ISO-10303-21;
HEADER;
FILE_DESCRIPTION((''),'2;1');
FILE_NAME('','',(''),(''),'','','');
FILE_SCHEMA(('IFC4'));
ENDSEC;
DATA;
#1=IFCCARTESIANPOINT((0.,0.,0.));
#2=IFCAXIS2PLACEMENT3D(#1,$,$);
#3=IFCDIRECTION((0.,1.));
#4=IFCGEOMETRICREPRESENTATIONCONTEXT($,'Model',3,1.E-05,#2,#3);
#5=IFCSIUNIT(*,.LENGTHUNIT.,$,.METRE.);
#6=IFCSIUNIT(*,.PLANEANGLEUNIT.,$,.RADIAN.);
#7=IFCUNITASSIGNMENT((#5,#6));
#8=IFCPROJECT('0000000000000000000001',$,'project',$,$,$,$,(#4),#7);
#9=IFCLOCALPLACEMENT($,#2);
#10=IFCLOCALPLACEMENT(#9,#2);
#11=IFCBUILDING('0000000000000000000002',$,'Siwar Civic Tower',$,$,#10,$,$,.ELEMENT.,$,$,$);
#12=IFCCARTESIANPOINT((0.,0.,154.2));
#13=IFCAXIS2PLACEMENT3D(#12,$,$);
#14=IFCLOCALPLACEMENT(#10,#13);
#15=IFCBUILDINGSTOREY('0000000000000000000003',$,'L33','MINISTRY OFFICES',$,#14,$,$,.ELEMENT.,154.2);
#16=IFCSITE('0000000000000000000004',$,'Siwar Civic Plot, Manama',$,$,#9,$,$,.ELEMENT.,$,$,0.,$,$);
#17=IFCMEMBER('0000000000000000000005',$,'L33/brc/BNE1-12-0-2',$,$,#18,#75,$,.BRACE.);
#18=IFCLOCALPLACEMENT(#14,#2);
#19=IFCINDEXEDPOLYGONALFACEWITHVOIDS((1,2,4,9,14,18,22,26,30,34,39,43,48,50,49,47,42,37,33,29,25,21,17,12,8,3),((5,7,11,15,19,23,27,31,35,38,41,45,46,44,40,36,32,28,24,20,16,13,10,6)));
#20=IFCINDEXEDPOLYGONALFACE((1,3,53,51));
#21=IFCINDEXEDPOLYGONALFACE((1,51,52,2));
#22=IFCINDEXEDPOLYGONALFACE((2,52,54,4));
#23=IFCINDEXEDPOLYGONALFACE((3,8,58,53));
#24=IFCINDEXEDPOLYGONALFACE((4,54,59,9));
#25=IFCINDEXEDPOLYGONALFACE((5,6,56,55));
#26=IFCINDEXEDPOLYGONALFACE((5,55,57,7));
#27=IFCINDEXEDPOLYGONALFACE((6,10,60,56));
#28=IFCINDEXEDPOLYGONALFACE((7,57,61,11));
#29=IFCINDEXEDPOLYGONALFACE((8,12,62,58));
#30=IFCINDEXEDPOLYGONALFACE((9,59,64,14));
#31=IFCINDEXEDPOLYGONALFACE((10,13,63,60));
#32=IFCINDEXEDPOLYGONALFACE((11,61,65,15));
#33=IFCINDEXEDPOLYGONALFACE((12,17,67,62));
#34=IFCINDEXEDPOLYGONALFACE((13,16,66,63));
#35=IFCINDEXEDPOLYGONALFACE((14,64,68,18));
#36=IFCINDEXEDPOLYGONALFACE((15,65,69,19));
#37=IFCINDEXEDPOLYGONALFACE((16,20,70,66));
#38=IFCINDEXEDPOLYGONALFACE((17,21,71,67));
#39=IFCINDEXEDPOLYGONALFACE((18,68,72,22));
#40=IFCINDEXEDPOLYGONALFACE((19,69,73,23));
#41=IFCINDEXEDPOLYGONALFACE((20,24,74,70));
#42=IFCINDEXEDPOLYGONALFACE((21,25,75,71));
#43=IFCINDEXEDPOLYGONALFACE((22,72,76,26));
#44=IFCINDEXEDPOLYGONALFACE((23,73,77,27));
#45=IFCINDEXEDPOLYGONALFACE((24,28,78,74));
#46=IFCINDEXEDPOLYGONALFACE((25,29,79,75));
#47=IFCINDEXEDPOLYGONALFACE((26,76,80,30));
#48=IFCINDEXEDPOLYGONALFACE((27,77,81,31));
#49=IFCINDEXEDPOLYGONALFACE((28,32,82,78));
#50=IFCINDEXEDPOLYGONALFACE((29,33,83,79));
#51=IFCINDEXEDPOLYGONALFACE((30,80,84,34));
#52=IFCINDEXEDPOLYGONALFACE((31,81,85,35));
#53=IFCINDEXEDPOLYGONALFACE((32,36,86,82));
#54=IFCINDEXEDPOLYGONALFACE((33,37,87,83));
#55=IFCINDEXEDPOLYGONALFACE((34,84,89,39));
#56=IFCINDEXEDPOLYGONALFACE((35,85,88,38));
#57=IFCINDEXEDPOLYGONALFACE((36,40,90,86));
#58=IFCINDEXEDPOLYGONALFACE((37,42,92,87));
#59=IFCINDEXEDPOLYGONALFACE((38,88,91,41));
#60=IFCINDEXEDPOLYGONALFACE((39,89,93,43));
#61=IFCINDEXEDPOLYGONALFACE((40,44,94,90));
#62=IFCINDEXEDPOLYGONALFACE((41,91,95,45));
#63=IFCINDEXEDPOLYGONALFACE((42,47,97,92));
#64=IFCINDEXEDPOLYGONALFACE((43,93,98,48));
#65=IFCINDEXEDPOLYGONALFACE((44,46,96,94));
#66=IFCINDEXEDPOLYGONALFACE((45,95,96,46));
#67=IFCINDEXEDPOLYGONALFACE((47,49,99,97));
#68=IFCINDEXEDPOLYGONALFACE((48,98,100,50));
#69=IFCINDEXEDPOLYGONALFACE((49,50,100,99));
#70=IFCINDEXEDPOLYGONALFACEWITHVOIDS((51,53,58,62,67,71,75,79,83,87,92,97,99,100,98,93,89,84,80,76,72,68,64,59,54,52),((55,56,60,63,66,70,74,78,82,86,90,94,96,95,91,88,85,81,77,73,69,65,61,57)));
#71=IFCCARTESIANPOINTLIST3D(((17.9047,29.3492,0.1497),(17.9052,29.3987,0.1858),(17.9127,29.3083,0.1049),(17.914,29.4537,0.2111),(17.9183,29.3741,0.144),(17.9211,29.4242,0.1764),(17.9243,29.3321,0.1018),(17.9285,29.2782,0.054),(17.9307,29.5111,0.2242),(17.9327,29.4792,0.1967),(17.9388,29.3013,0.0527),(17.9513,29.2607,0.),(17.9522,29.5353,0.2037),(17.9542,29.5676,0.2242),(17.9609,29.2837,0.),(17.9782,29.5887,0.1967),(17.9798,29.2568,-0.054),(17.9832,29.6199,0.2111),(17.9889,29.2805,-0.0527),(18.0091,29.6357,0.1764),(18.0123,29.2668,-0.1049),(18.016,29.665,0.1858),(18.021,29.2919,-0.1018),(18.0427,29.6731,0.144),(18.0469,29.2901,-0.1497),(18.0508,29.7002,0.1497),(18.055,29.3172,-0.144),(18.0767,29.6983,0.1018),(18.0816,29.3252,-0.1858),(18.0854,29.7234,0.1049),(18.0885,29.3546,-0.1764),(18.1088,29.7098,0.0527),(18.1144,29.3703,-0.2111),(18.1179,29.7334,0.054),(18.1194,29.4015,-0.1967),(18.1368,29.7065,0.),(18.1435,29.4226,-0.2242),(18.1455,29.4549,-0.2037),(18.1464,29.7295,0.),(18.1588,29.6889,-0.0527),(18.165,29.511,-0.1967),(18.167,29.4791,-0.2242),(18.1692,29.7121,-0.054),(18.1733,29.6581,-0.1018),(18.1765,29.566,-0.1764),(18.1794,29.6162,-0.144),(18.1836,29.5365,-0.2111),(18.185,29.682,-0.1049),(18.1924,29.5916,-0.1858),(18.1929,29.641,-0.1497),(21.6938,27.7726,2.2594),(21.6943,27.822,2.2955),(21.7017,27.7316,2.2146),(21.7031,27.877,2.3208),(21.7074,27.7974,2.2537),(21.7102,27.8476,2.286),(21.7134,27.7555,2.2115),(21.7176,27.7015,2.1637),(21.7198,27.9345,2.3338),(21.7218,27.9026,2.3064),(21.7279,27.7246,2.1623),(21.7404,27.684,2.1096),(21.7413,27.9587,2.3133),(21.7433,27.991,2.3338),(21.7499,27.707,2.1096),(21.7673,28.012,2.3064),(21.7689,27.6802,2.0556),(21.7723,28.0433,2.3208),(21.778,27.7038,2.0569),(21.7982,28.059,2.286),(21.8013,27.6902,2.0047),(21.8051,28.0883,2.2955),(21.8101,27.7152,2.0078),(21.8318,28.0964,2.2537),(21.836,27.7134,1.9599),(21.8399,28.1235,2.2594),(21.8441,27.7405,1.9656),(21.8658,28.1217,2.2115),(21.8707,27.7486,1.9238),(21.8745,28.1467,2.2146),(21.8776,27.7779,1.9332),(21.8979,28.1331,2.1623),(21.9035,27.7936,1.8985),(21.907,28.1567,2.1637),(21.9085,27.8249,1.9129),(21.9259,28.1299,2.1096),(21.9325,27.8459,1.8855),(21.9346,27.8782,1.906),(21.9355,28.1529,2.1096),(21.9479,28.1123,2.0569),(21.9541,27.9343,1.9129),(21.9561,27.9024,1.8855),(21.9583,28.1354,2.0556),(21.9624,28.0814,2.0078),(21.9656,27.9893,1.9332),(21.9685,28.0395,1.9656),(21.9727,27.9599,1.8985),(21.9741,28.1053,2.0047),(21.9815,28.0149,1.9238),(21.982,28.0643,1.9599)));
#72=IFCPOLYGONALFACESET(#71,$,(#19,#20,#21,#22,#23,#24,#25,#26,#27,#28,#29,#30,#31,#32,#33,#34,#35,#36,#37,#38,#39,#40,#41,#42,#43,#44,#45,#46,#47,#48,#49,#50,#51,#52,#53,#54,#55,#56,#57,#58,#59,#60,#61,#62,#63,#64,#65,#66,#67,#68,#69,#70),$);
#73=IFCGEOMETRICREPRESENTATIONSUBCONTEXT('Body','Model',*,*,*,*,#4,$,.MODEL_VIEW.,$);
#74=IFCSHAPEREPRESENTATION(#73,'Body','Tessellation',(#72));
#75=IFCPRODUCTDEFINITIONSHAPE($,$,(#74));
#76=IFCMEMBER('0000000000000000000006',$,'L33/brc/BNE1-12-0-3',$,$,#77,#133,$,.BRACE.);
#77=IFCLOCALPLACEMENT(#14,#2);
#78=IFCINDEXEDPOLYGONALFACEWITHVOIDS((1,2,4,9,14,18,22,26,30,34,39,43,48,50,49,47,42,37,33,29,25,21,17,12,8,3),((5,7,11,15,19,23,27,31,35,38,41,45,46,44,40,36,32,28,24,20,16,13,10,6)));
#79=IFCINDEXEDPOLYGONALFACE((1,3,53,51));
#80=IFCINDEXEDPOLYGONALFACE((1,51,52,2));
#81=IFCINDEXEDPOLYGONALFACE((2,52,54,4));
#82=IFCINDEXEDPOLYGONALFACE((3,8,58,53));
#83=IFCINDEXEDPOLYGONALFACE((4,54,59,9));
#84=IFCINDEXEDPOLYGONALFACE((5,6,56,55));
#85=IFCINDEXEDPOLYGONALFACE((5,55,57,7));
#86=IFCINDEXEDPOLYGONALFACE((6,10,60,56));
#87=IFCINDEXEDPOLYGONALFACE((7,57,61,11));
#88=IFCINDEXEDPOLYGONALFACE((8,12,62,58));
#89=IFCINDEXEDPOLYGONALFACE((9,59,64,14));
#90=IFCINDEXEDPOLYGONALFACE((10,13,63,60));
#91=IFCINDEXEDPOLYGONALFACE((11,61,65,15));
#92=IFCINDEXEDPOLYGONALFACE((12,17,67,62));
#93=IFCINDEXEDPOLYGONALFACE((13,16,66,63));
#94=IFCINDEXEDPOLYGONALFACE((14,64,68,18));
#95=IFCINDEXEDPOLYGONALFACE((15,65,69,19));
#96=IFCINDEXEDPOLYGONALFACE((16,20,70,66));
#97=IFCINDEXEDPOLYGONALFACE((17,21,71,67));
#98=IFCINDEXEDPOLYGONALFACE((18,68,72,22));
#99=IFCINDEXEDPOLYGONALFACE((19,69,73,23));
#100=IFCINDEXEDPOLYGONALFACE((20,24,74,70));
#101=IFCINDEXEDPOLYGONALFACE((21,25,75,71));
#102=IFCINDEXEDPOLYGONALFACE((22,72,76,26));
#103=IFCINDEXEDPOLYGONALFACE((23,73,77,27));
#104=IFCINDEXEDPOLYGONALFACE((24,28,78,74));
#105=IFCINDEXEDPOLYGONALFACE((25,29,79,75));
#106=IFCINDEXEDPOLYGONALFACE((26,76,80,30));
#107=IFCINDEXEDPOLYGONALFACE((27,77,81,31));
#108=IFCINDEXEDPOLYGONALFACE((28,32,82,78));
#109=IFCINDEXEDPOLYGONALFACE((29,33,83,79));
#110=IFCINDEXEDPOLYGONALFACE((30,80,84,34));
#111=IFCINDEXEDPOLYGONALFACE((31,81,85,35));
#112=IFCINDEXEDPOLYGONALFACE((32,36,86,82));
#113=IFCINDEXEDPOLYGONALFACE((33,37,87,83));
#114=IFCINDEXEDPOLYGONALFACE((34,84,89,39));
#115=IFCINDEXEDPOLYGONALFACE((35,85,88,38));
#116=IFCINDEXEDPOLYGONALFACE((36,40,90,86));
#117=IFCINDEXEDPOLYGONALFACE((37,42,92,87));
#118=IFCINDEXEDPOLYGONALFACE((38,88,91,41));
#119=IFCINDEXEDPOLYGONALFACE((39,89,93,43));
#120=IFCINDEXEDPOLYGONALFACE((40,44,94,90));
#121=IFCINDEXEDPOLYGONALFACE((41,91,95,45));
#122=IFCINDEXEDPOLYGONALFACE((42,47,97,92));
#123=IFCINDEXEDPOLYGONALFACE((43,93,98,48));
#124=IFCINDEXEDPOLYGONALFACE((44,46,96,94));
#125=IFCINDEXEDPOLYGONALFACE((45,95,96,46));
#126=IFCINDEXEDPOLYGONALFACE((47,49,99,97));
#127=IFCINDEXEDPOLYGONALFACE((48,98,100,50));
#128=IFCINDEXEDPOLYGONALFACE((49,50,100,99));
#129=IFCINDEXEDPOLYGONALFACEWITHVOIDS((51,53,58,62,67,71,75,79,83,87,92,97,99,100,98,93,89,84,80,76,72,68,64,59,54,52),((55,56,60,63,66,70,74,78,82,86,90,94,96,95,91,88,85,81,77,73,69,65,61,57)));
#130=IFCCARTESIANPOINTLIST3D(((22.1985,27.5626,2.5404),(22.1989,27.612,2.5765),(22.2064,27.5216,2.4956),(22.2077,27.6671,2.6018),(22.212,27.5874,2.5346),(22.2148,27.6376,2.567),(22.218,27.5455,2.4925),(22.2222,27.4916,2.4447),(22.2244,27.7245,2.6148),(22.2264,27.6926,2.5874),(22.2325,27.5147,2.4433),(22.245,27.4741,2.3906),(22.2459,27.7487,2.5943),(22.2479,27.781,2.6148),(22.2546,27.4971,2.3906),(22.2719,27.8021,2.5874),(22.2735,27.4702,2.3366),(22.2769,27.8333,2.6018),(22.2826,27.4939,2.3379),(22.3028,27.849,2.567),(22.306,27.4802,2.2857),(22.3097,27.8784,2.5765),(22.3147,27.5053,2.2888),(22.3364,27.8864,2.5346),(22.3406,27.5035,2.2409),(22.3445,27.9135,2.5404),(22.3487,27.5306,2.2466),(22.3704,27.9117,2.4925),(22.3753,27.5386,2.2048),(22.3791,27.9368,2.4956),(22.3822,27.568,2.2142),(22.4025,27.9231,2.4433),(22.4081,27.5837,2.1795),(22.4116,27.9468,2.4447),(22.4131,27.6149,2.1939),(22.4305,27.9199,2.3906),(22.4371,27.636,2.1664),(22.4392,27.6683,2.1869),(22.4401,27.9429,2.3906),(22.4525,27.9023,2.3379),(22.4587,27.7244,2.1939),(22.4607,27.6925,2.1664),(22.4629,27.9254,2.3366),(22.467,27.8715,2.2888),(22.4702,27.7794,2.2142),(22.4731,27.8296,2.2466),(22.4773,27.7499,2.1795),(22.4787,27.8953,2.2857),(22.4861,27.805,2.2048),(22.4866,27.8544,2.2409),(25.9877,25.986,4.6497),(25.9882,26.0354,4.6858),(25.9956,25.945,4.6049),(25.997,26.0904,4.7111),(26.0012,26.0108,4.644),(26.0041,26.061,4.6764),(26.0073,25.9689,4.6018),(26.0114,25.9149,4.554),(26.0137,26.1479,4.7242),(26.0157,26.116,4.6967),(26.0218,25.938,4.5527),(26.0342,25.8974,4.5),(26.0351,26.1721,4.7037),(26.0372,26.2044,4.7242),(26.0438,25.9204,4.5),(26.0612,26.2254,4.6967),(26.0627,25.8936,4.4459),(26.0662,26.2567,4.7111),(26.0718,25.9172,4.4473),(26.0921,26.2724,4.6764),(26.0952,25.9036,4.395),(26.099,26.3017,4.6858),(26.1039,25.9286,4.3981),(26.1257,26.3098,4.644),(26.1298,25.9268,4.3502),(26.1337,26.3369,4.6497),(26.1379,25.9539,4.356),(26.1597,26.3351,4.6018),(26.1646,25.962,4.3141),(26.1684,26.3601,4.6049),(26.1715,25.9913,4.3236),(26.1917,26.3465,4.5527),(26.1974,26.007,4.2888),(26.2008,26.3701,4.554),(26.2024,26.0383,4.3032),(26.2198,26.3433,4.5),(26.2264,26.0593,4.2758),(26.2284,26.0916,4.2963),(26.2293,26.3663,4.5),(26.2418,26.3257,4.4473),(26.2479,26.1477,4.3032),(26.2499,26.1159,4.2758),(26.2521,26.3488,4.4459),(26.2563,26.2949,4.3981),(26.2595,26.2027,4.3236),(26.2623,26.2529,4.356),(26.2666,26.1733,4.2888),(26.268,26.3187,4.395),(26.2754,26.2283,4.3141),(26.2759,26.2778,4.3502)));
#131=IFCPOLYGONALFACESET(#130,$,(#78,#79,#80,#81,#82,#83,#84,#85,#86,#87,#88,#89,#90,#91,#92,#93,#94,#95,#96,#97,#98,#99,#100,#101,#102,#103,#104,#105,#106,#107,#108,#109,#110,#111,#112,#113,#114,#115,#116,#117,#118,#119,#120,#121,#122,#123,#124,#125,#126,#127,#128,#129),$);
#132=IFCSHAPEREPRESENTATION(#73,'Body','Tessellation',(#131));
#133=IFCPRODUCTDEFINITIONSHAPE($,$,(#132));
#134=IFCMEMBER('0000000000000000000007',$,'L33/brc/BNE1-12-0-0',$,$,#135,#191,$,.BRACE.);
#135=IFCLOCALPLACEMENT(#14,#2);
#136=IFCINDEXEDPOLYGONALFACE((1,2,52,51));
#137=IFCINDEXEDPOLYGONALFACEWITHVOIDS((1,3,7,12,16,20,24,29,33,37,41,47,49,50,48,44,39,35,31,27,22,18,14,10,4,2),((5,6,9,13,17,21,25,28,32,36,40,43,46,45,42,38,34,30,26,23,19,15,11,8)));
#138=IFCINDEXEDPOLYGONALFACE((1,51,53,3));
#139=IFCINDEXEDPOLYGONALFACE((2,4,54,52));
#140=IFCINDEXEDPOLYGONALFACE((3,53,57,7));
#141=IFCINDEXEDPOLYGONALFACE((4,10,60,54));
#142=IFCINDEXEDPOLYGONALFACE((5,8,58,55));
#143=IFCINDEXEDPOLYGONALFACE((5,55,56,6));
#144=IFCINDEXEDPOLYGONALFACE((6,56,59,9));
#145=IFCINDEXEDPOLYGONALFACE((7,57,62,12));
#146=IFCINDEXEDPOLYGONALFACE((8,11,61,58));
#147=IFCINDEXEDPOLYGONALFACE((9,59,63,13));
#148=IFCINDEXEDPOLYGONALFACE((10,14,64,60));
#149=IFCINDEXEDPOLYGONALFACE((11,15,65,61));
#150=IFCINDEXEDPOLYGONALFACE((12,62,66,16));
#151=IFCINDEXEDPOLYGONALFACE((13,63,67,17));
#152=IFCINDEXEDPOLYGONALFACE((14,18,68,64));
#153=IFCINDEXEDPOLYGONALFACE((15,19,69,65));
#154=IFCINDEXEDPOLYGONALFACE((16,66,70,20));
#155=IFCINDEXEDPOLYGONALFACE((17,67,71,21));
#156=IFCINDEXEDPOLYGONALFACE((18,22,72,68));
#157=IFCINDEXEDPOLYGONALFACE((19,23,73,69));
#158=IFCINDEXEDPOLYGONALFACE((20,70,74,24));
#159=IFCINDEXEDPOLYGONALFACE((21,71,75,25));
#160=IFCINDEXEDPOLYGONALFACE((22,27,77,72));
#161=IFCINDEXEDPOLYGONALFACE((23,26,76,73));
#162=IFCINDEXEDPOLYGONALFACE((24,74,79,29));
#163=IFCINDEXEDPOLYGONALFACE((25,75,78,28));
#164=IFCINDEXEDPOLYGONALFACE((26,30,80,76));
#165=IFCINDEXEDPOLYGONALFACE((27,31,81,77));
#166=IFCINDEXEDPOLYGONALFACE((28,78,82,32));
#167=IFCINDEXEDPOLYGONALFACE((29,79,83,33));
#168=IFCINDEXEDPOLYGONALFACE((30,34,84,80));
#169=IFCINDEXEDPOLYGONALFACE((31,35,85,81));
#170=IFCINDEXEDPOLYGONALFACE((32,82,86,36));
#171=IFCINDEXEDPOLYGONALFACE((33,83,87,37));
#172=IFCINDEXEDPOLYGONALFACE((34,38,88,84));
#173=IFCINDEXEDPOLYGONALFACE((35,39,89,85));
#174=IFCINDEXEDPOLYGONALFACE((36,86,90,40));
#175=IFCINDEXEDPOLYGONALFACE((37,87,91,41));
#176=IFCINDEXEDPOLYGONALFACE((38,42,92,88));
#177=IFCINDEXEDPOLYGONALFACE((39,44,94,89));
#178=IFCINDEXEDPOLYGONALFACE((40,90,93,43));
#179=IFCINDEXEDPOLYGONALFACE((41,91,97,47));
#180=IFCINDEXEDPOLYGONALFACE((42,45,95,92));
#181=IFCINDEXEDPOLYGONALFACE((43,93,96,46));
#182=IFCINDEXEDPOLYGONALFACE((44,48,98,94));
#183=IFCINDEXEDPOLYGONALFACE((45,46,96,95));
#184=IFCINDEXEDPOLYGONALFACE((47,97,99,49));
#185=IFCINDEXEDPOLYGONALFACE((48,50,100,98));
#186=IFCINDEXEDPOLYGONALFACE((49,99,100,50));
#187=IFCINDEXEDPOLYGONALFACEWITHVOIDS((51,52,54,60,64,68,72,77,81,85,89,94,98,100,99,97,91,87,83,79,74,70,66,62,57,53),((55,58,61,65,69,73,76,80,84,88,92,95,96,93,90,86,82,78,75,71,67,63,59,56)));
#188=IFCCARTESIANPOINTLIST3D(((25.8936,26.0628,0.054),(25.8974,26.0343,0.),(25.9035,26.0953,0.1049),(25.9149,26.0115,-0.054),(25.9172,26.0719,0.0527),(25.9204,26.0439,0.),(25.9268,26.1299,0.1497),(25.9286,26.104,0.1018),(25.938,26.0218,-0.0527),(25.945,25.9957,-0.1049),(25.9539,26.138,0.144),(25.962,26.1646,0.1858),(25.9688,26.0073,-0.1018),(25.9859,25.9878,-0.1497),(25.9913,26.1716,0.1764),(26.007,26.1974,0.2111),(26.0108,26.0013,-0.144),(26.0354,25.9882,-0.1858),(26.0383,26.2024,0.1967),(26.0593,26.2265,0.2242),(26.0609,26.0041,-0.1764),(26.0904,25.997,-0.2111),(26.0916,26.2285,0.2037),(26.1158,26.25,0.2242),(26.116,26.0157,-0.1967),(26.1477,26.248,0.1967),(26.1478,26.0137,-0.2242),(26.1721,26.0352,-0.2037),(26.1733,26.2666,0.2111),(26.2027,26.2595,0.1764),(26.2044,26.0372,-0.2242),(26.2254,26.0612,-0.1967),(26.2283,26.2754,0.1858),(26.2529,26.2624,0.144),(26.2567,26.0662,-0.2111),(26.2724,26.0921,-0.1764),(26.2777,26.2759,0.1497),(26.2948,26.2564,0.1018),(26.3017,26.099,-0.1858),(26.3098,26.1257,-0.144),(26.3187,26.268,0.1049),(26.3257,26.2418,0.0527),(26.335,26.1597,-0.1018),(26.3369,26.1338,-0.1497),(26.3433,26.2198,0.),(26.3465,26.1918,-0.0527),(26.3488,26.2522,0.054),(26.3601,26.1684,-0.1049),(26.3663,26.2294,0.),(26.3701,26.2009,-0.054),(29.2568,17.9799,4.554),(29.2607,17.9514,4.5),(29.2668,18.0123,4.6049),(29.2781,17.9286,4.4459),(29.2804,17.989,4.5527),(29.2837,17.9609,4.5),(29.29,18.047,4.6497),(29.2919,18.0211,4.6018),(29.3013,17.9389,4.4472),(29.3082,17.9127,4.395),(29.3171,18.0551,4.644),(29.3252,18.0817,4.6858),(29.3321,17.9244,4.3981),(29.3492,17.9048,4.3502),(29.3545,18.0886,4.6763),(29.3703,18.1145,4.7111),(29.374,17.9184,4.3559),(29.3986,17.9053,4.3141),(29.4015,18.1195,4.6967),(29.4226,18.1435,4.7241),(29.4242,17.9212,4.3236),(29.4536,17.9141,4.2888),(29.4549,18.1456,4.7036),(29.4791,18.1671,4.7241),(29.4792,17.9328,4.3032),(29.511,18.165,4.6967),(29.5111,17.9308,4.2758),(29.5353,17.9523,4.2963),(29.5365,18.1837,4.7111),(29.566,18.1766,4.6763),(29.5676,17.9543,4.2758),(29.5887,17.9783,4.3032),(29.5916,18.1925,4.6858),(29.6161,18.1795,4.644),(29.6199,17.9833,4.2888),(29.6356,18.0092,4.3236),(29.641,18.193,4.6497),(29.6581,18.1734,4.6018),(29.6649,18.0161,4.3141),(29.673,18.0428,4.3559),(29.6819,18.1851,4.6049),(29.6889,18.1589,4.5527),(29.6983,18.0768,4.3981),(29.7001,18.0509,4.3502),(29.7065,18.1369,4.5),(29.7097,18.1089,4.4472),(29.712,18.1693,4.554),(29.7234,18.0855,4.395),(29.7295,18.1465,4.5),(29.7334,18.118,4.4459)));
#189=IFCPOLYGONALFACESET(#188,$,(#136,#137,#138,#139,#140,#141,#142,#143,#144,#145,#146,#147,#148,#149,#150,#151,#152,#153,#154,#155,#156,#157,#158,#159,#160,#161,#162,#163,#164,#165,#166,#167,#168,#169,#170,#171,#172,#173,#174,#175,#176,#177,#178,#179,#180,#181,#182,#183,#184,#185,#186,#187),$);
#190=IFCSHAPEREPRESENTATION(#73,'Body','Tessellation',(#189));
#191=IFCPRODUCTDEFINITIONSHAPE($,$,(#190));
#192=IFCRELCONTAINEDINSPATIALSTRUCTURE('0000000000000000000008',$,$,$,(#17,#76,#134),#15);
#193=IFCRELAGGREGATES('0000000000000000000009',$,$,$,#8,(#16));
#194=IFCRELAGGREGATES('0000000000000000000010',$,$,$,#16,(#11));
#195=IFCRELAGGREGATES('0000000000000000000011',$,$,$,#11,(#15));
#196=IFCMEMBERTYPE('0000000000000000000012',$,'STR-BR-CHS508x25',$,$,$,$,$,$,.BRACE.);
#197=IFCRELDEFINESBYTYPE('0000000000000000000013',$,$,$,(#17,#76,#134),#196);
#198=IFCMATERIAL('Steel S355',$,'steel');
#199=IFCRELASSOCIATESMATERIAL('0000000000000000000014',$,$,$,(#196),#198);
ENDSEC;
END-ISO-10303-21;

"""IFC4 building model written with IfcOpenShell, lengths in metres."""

from ifc_helpers import new_model, si_unit, direction, frame, origin, origin_2d, place, context, subcontext, project, spatial, hollow_circle, extrude, material, material_profile, profile_set, type_object, element, save


model = new_model("IFC4")

# Units and contexts
model_context = context("Model", 3, precision=1e-05, world=origin(), true_north=direction((0.0, 1.0)))
body_context = subcontext(model_context, "Body", "Model", "MODEL_VIEW")
ifc_project = project(units=[si_unit("LENGTHUNIT", "METRE"), si_unit("PLANEANGLEUNIT", "RADIAN")], contexts=[model_context])

# Site, building, storey
site_placement = place(None, origin())
site = spatial("IfcSite", under=ifc_project, at=site_placement, Name="Siwar Civic Plot, Manama", CompositionType="ELEMENT", RefElevation=0.0)
building_placement = place(site_placement, origin())
building = spatial("IfcBuilding", under=site, at=building_placement, Name="Siwar Civic Tower", CompositionType="ELEMENT")
storey_placement = place(building_placement, frame((0.0, 0.0, 154.2)))
storey = spatial("IfcBuildingStorey", under=building, at=storey_placement, Name="L33", Description="MINISTRY OFFICES", CompositionType="ELEMENT", Elevation=154.2)

# Members
ifc_material_1 = material(Name="Steel S355", Category="steel")
ifc_material_profile_1 = material_profile(ifc_material_1, hollow_circle(Radius=0.2539, WallThickness=0.0249, at=origin_2d()), Name="CHS508x25")
ifc_profile_set_1 = profile_set([ifc_material_profile_1], Name="Steel S355")
member_type_1 = type_object("IfcMemberType", Name="STR-BR-CHS508x25", PredefinedType="BRACE", material=ifc_profile_set_1)
for number, where, z_axis, x_axis, name in (
    (1, (18.0488, 29.4951, 0.0), (0.821126, -0.341677, 0.457175), (0.384176, 0.92326, 0.0), "L33/brc/BNE1-12-0-2"),
    (2, (22.3425, 27.7085, 2.3906), (0.821163, -0.341671, 0.457113), (0.384155, 0.923269, 0.0), "L33/brc/BNE1-12-0-3"),
):
    element("IfcMember", number, at=place(storey_placement, frame(where, z_axis=z_axis, x_axis=x_axis)), inside=storey, type_object=member_type_1, Name=name, PredefinedType="BRACE", context=body_context, shape_type="SweptSolid", body=[
        extrude(hollow_circle(Radius=0.2539, WallThickness=0.0249, at=origin_2d()), origin(), (0.0, 0.0, 1.0), 4.6145),
    ])
member_1_placement = place(storey_placement, frame((26.1318, 26.1318, 0.0), z_axis=(0.341671, -0.821143, 0.457149), x_axis=(0.923265, 0.384164, 0.0)))
element("IfcMember", 3, at=member_1_placement, inside=storey, type_object=member_type_1, Name="L33/brc/BNE1-12-0-0", PredefinedType="BRACE", context=body_context, shape_type="SweptSolid", body=[
    extrude(hollow_circle(Radius=0.2539, WallThickness=0.0249, at=origin_2d()), origin(), (0.0, 0.0, 1.0), 9.8435),
])

save(model, "model.ifc")
